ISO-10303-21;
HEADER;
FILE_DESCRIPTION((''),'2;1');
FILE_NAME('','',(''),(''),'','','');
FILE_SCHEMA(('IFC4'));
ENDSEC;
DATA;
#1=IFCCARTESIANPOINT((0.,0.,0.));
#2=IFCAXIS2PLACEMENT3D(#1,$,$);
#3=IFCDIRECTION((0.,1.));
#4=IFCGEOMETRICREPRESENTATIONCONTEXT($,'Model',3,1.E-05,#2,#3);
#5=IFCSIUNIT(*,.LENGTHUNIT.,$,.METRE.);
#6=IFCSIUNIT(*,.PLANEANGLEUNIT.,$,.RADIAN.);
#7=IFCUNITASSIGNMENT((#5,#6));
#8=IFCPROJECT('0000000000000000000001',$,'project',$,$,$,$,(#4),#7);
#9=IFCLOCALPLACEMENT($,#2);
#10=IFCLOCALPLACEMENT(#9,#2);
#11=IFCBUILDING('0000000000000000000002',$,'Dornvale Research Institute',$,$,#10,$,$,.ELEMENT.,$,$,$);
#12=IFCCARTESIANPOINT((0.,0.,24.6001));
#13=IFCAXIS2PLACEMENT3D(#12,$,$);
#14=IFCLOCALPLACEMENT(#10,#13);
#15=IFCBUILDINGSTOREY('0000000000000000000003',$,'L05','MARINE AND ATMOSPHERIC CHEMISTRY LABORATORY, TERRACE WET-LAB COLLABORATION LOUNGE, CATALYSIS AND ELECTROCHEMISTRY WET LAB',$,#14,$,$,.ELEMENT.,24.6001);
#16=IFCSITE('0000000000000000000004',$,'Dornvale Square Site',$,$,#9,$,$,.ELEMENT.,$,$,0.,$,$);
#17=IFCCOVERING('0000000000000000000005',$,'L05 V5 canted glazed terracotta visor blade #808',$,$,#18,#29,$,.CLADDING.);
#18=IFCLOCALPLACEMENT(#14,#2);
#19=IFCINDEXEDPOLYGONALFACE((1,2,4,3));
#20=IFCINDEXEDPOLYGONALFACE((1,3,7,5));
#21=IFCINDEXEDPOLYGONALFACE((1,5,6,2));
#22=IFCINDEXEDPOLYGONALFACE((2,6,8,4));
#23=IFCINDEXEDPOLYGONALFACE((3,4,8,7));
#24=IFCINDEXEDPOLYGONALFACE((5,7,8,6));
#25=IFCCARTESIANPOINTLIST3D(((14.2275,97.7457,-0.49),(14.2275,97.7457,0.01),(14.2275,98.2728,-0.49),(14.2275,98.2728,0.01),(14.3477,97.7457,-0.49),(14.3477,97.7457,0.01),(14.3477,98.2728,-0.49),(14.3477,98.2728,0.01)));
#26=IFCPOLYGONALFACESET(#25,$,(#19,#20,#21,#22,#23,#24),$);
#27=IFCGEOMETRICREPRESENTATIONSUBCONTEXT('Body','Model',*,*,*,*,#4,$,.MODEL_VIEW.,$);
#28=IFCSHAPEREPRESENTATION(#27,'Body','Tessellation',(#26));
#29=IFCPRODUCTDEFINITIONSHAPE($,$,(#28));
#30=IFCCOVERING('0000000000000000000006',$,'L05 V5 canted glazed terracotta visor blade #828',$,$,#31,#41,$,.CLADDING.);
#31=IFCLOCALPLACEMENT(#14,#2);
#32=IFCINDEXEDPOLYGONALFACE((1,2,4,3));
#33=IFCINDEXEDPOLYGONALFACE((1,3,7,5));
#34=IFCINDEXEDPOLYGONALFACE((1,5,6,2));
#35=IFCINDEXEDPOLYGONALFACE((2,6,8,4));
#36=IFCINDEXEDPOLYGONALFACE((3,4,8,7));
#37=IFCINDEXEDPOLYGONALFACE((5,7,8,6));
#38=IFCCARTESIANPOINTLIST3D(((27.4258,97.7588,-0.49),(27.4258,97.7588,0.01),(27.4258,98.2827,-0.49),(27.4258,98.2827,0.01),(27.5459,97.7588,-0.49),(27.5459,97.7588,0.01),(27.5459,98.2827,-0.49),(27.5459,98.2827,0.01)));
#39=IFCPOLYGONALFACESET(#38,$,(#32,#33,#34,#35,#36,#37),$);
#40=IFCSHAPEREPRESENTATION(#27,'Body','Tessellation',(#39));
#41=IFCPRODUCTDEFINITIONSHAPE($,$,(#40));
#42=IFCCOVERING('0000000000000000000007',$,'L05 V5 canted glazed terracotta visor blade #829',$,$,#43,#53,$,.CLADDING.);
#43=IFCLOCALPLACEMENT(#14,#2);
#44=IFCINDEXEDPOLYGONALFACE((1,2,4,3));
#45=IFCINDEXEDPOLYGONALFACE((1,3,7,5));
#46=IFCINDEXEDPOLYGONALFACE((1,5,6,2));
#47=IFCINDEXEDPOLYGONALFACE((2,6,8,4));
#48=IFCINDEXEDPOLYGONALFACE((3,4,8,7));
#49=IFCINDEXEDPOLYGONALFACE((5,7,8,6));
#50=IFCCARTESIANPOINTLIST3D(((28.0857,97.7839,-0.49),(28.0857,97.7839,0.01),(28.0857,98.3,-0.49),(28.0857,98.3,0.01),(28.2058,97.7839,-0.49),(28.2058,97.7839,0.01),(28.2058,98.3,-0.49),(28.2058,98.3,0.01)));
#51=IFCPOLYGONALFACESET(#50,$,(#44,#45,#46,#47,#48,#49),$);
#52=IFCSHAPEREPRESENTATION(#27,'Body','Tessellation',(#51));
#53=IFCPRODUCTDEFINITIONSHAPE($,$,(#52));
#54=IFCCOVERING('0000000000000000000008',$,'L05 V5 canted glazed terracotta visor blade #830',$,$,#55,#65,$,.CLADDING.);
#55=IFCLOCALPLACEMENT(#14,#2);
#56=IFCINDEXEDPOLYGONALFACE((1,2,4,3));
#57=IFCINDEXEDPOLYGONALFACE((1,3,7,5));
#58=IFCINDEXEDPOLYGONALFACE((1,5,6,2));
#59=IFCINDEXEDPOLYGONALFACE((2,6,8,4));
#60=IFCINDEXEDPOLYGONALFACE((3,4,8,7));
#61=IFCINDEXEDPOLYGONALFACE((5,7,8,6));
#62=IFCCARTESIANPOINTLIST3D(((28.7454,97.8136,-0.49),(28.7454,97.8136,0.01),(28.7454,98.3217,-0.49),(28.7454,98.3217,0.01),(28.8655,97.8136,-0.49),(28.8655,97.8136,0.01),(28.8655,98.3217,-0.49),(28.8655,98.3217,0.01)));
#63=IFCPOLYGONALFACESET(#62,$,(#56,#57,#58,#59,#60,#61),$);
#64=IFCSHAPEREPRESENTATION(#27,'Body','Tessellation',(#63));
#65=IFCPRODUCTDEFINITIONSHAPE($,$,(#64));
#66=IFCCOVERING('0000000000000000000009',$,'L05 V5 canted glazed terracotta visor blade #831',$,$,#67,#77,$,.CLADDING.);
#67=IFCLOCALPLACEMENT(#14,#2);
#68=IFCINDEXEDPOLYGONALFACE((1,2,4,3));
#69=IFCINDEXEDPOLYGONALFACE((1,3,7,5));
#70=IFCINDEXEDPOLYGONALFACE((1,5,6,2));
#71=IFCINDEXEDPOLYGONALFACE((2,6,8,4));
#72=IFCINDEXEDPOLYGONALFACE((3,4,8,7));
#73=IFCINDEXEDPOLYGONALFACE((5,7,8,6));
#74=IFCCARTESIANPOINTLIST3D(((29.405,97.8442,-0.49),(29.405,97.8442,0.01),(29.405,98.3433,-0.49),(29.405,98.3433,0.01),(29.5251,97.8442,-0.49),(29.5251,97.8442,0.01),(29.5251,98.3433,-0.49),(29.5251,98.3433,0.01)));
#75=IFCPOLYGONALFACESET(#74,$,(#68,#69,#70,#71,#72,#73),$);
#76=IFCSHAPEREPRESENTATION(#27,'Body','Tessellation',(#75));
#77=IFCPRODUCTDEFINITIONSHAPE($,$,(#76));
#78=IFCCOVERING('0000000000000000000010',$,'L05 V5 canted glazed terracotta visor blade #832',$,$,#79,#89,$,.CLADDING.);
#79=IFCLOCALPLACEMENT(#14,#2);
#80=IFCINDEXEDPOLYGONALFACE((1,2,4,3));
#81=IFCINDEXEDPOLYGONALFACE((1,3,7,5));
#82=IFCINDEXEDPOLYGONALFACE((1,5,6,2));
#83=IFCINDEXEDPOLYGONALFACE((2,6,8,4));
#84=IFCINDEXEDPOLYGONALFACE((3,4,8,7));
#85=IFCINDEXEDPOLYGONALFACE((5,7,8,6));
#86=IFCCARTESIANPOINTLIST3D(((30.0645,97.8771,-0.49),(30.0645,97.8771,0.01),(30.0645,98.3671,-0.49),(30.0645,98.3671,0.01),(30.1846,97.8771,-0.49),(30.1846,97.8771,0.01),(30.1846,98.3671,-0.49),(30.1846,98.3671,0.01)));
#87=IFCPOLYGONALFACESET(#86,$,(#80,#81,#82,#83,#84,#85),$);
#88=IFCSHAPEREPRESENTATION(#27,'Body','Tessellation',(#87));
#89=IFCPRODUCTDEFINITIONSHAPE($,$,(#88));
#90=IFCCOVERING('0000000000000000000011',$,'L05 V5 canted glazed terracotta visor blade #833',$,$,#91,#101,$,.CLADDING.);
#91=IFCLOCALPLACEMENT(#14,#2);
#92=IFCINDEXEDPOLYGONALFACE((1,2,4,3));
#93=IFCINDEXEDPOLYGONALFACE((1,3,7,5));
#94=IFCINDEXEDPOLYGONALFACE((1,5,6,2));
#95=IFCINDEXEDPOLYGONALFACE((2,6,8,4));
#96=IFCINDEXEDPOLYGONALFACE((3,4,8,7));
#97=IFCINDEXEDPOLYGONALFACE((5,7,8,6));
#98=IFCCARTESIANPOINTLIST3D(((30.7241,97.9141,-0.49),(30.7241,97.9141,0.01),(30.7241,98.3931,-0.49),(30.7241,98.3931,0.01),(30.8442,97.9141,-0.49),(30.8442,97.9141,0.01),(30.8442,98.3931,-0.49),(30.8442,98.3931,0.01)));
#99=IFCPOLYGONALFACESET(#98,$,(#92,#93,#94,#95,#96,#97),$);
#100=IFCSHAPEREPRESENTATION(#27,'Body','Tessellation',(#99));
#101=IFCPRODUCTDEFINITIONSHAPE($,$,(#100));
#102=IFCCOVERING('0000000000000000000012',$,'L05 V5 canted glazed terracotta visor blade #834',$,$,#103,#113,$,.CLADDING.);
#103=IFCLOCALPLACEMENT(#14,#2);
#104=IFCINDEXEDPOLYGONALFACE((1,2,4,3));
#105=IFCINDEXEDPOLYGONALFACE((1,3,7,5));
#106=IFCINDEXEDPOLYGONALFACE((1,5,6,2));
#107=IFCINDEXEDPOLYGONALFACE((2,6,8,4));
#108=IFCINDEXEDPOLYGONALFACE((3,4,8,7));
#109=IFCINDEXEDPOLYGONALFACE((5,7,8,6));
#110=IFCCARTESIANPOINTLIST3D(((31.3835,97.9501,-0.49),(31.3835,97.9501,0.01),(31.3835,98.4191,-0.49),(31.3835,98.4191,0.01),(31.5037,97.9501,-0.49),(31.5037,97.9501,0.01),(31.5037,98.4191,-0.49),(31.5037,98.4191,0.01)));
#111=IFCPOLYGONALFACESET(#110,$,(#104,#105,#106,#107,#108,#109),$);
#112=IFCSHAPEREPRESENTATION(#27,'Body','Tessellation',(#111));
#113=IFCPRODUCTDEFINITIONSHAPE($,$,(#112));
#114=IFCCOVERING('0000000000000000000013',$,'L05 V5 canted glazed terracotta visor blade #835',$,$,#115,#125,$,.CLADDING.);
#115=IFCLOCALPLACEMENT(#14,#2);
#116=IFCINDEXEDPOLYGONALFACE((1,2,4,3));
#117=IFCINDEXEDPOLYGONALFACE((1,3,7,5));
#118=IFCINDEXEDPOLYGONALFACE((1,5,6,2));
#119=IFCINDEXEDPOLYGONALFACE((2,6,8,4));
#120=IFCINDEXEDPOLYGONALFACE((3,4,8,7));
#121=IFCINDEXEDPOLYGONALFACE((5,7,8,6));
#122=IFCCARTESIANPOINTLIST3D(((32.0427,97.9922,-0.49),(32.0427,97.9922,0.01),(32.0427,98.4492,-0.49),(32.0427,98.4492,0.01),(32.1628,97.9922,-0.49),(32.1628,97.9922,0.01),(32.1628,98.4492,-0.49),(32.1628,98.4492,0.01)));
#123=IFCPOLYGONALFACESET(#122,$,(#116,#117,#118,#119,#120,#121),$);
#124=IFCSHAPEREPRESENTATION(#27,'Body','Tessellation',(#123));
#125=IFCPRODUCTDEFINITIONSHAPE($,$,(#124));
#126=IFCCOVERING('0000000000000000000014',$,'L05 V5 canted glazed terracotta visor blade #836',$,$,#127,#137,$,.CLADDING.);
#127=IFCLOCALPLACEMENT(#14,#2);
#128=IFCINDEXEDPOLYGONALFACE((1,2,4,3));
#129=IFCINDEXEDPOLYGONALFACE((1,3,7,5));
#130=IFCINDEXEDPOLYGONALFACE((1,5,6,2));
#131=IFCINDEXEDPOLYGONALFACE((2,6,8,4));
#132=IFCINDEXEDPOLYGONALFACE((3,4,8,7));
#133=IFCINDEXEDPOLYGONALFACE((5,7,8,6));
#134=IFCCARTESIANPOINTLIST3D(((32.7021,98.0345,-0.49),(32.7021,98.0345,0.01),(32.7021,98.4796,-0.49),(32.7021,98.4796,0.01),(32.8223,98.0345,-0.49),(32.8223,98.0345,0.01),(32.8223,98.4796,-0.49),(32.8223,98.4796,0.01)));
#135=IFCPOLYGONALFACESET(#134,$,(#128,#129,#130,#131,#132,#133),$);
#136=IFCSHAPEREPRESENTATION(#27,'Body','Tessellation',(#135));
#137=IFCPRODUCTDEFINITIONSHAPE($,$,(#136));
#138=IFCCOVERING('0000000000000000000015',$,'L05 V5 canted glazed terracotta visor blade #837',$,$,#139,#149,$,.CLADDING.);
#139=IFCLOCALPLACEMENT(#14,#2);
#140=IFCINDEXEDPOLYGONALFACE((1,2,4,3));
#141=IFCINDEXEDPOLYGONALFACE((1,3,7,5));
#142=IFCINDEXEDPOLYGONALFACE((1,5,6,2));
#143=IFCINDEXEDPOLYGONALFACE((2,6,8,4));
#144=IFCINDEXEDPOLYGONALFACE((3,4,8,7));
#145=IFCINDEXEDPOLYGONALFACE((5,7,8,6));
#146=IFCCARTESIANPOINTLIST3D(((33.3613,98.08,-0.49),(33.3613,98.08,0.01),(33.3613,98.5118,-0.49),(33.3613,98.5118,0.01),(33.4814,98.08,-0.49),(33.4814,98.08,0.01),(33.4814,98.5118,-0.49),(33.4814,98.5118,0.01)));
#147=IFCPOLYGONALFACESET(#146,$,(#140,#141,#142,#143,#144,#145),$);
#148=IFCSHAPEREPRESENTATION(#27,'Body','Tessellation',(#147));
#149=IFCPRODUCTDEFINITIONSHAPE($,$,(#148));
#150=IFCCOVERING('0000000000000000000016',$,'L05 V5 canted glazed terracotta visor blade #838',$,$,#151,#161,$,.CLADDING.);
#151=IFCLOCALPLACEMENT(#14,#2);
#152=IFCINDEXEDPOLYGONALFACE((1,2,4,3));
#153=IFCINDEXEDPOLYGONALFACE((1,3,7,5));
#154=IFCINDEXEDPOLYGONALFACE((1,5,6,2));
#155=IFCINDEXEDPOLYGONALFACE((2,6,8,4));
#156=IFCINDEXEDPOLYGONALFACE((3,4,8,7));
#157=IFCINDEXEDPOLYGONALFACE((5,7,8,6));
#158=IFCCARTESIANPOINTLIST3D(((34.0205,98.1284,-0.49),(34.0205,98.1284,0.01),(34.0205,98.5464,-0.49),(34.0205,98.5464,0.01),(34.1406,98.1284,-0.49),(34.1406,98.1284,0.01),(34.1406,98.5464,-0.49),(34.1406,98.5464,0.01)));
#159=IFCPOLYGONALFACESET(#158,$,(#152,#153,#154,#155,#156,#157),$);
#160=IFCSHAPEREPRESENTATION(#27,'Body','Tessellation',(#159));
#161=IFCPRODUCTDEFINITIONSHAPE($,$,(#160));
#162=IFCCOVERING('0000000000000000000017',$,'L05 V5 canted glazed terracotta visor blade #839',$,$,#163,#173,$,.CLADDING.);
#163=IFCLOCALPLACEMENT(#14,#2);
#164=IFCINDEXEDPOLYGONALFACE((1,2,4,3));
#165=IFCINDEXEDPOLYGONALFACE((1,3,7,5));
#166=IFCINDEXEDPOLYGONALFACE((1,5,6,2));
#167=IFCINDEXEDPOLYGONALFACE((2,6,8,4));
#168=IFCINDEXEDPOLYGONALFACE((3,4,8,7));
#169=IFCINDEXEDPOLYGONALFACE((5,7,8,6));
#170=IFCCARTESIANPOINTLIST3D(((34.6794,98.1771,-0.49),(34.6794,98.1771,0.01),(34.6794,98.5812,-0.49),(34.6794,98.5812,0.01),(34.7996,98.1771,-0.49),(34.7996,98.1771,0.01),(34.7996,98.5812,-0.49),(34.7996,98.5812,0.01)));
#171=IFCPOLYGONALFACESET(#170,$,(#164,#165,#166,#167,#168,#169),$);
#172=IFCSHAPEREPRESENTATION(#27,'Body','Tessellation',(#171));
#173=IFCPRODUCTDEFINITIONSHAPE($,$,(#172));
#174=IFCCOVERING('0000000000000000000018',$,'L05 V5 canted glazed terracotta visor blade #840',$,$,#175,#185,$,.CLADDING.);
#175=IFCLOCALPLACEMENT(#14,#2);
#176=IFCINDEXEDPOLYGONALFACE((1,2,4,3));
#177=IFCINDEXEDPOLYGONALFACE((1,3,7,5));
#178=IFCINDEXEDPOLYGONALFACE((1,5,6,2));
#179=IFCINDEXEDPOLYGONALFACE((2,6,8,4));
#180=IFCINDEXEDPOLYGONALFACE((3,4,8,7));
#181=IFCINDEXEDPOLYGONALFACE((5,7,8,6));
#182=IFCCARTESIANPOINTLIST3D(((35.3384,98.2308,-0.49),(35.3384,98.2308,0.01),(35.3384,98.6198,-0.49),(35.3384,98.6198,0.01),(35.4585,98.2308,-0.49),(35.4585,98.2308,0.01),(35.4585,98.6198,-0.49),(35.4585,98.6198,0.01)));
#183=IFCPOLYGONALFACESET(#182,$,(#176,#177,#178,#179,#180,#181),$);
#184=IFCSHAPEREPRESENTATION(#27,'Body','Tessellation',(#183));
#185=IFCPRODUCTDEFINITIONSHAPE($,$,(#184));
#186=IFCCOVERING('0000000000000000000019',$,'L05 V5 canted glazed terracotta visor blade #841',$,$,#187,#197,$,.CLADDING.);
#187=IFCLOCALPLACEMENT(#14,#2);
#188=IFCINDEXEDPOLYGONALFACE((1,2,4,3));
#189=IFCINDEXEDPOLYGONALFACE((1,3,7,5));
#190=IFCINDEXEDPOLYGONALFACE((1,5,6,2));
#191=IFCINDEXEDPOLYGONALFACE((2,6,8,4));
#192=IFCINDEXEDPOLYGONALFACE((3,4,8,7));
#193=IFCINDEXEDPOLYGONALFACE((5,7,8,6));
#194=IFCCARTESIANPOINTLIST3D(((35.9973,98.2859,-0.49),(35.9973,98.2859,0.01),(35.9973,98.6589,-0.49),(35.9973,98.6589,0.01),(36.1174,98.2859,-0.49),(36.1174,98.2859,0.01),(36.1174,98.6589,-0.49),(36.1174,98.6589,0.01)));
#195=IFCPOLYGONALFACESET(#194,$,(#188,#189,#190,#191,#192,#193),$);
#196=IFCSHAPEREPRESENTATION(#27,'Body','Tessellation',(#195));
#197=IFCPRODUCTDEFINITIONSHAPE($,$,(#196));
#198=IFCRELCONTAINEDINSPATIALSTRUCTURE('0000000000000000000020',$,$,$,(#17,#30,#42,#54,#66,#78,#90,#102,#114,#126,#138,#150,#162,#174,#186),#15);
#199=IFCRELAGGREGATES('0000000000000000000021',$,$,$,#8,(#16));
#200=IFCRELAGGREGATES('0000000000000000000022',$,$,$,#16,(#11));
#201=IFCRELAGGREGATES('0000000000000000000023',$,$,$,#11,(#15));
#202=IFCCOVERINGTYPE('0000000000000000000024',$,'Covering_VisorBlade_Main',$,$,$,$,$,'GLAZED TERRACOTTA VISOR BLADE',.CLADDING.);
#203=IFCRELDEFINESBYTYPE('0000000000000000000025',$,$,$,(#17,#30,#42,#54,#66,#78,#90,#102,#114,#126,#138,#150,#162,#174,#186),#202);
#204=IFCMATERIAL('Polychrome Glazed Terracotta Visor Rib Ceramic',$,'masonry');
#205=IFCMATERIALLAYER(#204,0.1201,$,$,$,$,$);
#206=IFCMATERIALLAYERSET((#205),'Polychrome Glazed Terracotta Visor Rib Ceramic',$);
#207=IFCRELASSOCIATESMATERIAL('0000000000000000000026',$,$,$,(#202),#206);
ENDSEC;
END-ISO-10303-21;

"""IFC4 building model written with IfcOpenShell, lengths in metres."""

from ifc_helpers import new_model, si_unit, direction, frame, origin, origin_2d, place, context, subcontext, project, spatial, rectangle, extrude, material, layer, layer_set, type_object, element, save


model = new_model("IFC4")

# Units and contexts
model_context = context("Model", 3, precision=1e-05, world=origin(), true_north=direction((0.0, 1.0)))
body_context = subcontext(model_context, "Body", "Model", "MODEL_VIEW")
ifc_project = project(units=[si_unit("LENGTHUNIT", "METRE"), si_unit("PLANEANGLEUNIT", "RADIAN")], contexts=[model_context])

# Site, building, storey
site_placement = place(None, origin())
site = spatial("IfcSite", under=ifc_project, at=site_placement, Name="Dornvale Square Site", CompositionType="ELEMENT", RefElevation=0.0)
building_placement = place(site_placement, origin())
building = spatial("IfcBuilding", under=site, at=building_placement, Name="Dornvale Research Institute", CompositionType="ELEMENT")
storey_placement = place(building_placement, frame((0.0, 0.0, 24.6001)))
storey = spatial("IfcBuildingStorey", under=building, at=storey_placement, Name="L05", Description="MARINE AND ATMOSPHERIC CHEMISTRY LABORATORY, TERRACE WET-LAB COLLABORATION LOUNGE, CATALYSIS AND ELECTROCHEMISTRY WET LAB", CompositionType="ELEMENT", Elevation=24.6001)

# Coverings
ifc_material = material(Name="Polychrome Glazed Terracotta Visor Rib Ceramic", Category="masonry")
ifc_layer = layer(ifc_material, 0.1201)
ifc_layer_set = layer_set([ifc_layer], Name="Polychrome Glazed Terracotta Visor Rib Ceramic")
covering_type = type_object("IfcCoveringType", Name="Covering_VisorBlade_Main", ElementType="GLAZED TERRACOTTA VISOR BLADE", PredefinedType="CLADDING", material=ifc_layer_set)
covering_1_placement = place(storey_placement, frame((14.2876, 98.0093, -0.49), z_axis=(0.0, 0.0, 1.0), x_axis=(0.0, 1.0, 0.0)))
element("IfcCovering", 1, at=covering_1_placement, inside=storey, type_object=covering_type, Name="L05 V5 canted glazed terracotta visor blade #808", PredefinedType="CLADDING", context=body_context, shape_type="SweptSolid", body=[
    extrude(rectangle(XDim=0.5271, YDim=0.1201, at=origin_2d()), origin(), (0.0, 0.0, 1.0), 0.5),
])
covering_2_placement = place(storey_placement, frame((27.4858, 98.0208, -0.49), z_axis=(0.0, 0.0, 1.0), x_axis=(0.0, 1.0, 0.0)))
element("IfcCovering", 2, at=covering_2_placement, inside=storey, type_object=covering_type, Name="L05 V5 canted glazed terracotta visor blade #828", PredefinedType="CLADDING", context=body_context, shape_type="SweptSolid", body=[
    extrude(rectangle(XDim=0.5239, YDim=0.1201, at=origin_2d()), origin(), (0.0, 0.0, 1.0), 0.5),
])
covering_3_placement = place(storey_placement, frame((28.1458, 98.042, -0.49), z_axis=(0.0, 0.0, 1.0), x_axis=(0.0, 1.0, 0.0)))
element("IfcCovering", 3, at=covering_3_placement, inside=storey, type_object=covering_type, Name="L05 V5 canted glazed terracotta visor blade #829", PredefinedType="CLADDING", context=body_context, shape_type="SweptSolid", body=[
    extrude(rectangle(XDim=0.5161, YDim=0.1201, at=origin_2d()), origin(), (0.0, 0.0, 1.0), 0.5),
])
covering_4_placement = place(storey_placement, frame((28.8054, 98.0676, -0.49), z_axis=(0.0, 0.0, 1.0), x_axis=(0.0, 1.0, 0.0)))
element("IfcCovering", 4, at=covering_4_placement, inside=storey, type_object=covering_type, Name="L05 V5 canted glazed terracotta visor blade #830", PredefinedType="CLADDING", context=body_context, shape_type="SweptSolid", body=[
    extrude(rectangle(XDim=0.5081, YDim=0.1201, at=origin_2d()), origin(), (0.0, 0.0, 1.0), 0.5),
])
covering_5_placement = place(storey_placement, frame((29.4651, 98.0938, -0.49), z_axis=(0.0, 0.0, 1.0), x_axis=(0.0, 1.0, 0.0)))
element("IfcCovering", 5, at=covering_5_placement, inside=storey, type_object=covering_type, Name="L05 V5 canted glazed terracotta visor blade #831", PredefinedType="CLADDING", context=body_context, shape_type="SweptSolid", body=[
    extrude(rectangle(XDim=0.499, YDim=0.1201, at=origin_2d()), origin(), (0.0, 0.0, 1.0), 0.5),
])
covering_6_placement = place(storey_placement, frame((30.1245, 98.1221, -0.49), z_axis=(0.0, 0.0, 1.0), x_axis=(0.0, 1.0, 0.0)))
element("IfcCovering", 6, at=covering_6_placement, inside=storey, type_object=covering_type, Name="L05 V5 canted glazed terracotta visor blade #832", PredefinedType="CLADDING", context=body_context, shape_type="SweptSolid", body=[
    extrude(rectangle(XDim=0.49, YDim=0.1201, at=origin_2d()), origin(), (0.0, 0.0, 1.0), 0.5),
])
covering_7_placement = place(storey_placement, frame((30.7842, 98.1536, -0.49), z_axis=(0.0, 0.0, 1.0), x_axis=(0.0, 1.0, 0.0)))
element("IfcCovering", 7, at=covering_7_placement, inside=storey, type_object=covering_type, Name="L05 V5 canted glazed terracotta visor blade #833", PredefinedType="CLADDING", context=body_context, shape_type="SweptSolid", body=[
    extrude(rectangle(XDim=0.479, YDim=0.1201, at=origin_2d()), origin(), (0.0, 0.0, 1.0), 0.5),
])
covering_8_placement = place(storey_placement, frame((31.4436, 98.1846, -0.49), z_axis=(0.0, 0.0, 1.0), x_axis=(0.0, 1.0, 0.0)))
element("IfcCovering", 8, at=covering_8_placement, inside=storey, type_object=covering_type, Name="L05 V5 canted glazed terracotta visor blade #834", PredefinedType="CLADDING", context=body_context, shape_type="SweptSolid", body=[
    extrude(rectangle(XDim=0.469, YDim=0.1201, at=origin_2d()), origin(), (0.0, 0.0, 1.0), 0.5),
])
covering_9_placement = place(storey_placement, frame((32.1028, 98.2207, -0.49), z_axis=(0.0, 0.0, 1.0), x_axis=(0.0, 1.0, 0.0)))
element("IfcCovering", 9, at=covering_9_placement, inside=storey, type_object=covering_type, Name="L05 V5 canted glazed terracotta visor blade #835", PredefinedType="CLADDING", context=body_context, shape_type="SweptSolid", body=[
    extrude(rectangle(XDim=0.457, YDim=0.1201, at=origin_2d()), origin(), (0.0, 0.0, 1.0), 0.5),
])
covering_10_placement = place(storey_placement, frame((32.7622, 98.2571, -0.49), z_axis=(0.0, 0.0, 1.0), x_axis=(0.0, 1.0, 0.0)))
element("IfcCovering", 10, at=covering_10_placement, inside=storey, type_object=covering_type, Name="L05 V5 canted glazed terracotta visor blade #836", PredefinedType="CLADDING", context=body_context, shape_type="SweptSolid", body=[
    extrude(rectangle(XDim=0.4451, YDim=0.1201, at=origin_2d()), origin(), (0.0, 0.0, 1.0), 0.5),
])
covering_11_placement = place(storey_placement, frame((33.4214, 98.2959, -0.49), z_axis=(0.0, 0.0, 1.0), x_axis=(0.0, 1.0, 0.0)))
element("IfcCovering", 11, at=covering_11_placement, inside=storey, type_object=covering_type, Name="L05 V5 canted glazed terracotta visor blade #837", PredefinedType="CLADDING", context=body_context, shape_type="SweptSolid", body=[
    extrude(rectangle(XDim=0.4319, YDim=0.1201, at=origin_2d()), origin(), (0.0, 0.0, 1.0), 0.5),
])
covering_12_placement = place(storey_placement, frame((34.0806, 98.3374, -0.49), z_axis=(0.0, 0.0, 1.0), x_axis=(0.0, 1.0, 0.0)))
element("IfcCovering", 12, at=covering_12_placement, inside=storey, type_object=covering_type, Name="L05 V5 canted glazed terracotta visor blade #838", PredefinedType="CLADDING", context=body_context, shape_type="SweptSolid", body=[
    extrude(rectangle(XDim=0.418, YDim=0.1201, at=origin_2d()), origin(), (0.0, 0.0, 1.0), 0.5),
])
covering_13_placement = place(storey_placement, frame((34.7395, 98.3792, -0.49), z_axis=(0.0, 0.0, 1.0), x_axis=(0.0, 1.0, 0.0)))
element("IfcCovering", 13, at=covering_13_placement, inside=storey, type_object=covering_type, Name="L05 V5 canted glazed terracotta visor blade #839", PredefinedType="CLADDING", context=body_context, shape_type="SweptSolid", body=[
    extrude(rectangle(XDim=0.4041, YDim=0.1201, at=origin_2d()), origin(), (0.0, 0.0, 1.0), 0.5),
])
covering_14_placement = place(storey_placement, frame((35.3984, 98.4253, -0.49), z_axis=(0.0, 0.0, 1.0), x_axis=(0.0, 1.0, 0.0)))
element("IfcCovering", 14, at=covering_14_placement, inside=storey, type_object=covering_type, Name="L05 V5 canted glazed terracotta visor blade #840", PredefinedType="CLADDING", context=body_context, shape_type="SweptSolid", body=[
    extrude(rectangle(XDim=0.3889, YDim=0.1201, at=origin_2d()), origin(), (0.0, 0.0, 1.0), 0.5),
])
covering_15_placement = place(storey_placement, frame((36.0574, 98.4724, -0.49), z_axis=(0.0, 0.0, 1.0), x_axis=(0.0, 1.0, 0.0)))
element("IfcCovering", 15, at=covering_15_placement, inside=storey, type_object=covering_type, Name="L05 V5 canted glazed terracotta visor blade #841", PredefinedType="CLADDING", context=body_context, shape_type="SweptSolid", body=[
    extrude(rectangle(XDim=0.373, YDim=0.1201, at=origin_2d()), origin(), (0.0, 0.0, 1.0), 0.5),
])

save(model, "model.ifc")
